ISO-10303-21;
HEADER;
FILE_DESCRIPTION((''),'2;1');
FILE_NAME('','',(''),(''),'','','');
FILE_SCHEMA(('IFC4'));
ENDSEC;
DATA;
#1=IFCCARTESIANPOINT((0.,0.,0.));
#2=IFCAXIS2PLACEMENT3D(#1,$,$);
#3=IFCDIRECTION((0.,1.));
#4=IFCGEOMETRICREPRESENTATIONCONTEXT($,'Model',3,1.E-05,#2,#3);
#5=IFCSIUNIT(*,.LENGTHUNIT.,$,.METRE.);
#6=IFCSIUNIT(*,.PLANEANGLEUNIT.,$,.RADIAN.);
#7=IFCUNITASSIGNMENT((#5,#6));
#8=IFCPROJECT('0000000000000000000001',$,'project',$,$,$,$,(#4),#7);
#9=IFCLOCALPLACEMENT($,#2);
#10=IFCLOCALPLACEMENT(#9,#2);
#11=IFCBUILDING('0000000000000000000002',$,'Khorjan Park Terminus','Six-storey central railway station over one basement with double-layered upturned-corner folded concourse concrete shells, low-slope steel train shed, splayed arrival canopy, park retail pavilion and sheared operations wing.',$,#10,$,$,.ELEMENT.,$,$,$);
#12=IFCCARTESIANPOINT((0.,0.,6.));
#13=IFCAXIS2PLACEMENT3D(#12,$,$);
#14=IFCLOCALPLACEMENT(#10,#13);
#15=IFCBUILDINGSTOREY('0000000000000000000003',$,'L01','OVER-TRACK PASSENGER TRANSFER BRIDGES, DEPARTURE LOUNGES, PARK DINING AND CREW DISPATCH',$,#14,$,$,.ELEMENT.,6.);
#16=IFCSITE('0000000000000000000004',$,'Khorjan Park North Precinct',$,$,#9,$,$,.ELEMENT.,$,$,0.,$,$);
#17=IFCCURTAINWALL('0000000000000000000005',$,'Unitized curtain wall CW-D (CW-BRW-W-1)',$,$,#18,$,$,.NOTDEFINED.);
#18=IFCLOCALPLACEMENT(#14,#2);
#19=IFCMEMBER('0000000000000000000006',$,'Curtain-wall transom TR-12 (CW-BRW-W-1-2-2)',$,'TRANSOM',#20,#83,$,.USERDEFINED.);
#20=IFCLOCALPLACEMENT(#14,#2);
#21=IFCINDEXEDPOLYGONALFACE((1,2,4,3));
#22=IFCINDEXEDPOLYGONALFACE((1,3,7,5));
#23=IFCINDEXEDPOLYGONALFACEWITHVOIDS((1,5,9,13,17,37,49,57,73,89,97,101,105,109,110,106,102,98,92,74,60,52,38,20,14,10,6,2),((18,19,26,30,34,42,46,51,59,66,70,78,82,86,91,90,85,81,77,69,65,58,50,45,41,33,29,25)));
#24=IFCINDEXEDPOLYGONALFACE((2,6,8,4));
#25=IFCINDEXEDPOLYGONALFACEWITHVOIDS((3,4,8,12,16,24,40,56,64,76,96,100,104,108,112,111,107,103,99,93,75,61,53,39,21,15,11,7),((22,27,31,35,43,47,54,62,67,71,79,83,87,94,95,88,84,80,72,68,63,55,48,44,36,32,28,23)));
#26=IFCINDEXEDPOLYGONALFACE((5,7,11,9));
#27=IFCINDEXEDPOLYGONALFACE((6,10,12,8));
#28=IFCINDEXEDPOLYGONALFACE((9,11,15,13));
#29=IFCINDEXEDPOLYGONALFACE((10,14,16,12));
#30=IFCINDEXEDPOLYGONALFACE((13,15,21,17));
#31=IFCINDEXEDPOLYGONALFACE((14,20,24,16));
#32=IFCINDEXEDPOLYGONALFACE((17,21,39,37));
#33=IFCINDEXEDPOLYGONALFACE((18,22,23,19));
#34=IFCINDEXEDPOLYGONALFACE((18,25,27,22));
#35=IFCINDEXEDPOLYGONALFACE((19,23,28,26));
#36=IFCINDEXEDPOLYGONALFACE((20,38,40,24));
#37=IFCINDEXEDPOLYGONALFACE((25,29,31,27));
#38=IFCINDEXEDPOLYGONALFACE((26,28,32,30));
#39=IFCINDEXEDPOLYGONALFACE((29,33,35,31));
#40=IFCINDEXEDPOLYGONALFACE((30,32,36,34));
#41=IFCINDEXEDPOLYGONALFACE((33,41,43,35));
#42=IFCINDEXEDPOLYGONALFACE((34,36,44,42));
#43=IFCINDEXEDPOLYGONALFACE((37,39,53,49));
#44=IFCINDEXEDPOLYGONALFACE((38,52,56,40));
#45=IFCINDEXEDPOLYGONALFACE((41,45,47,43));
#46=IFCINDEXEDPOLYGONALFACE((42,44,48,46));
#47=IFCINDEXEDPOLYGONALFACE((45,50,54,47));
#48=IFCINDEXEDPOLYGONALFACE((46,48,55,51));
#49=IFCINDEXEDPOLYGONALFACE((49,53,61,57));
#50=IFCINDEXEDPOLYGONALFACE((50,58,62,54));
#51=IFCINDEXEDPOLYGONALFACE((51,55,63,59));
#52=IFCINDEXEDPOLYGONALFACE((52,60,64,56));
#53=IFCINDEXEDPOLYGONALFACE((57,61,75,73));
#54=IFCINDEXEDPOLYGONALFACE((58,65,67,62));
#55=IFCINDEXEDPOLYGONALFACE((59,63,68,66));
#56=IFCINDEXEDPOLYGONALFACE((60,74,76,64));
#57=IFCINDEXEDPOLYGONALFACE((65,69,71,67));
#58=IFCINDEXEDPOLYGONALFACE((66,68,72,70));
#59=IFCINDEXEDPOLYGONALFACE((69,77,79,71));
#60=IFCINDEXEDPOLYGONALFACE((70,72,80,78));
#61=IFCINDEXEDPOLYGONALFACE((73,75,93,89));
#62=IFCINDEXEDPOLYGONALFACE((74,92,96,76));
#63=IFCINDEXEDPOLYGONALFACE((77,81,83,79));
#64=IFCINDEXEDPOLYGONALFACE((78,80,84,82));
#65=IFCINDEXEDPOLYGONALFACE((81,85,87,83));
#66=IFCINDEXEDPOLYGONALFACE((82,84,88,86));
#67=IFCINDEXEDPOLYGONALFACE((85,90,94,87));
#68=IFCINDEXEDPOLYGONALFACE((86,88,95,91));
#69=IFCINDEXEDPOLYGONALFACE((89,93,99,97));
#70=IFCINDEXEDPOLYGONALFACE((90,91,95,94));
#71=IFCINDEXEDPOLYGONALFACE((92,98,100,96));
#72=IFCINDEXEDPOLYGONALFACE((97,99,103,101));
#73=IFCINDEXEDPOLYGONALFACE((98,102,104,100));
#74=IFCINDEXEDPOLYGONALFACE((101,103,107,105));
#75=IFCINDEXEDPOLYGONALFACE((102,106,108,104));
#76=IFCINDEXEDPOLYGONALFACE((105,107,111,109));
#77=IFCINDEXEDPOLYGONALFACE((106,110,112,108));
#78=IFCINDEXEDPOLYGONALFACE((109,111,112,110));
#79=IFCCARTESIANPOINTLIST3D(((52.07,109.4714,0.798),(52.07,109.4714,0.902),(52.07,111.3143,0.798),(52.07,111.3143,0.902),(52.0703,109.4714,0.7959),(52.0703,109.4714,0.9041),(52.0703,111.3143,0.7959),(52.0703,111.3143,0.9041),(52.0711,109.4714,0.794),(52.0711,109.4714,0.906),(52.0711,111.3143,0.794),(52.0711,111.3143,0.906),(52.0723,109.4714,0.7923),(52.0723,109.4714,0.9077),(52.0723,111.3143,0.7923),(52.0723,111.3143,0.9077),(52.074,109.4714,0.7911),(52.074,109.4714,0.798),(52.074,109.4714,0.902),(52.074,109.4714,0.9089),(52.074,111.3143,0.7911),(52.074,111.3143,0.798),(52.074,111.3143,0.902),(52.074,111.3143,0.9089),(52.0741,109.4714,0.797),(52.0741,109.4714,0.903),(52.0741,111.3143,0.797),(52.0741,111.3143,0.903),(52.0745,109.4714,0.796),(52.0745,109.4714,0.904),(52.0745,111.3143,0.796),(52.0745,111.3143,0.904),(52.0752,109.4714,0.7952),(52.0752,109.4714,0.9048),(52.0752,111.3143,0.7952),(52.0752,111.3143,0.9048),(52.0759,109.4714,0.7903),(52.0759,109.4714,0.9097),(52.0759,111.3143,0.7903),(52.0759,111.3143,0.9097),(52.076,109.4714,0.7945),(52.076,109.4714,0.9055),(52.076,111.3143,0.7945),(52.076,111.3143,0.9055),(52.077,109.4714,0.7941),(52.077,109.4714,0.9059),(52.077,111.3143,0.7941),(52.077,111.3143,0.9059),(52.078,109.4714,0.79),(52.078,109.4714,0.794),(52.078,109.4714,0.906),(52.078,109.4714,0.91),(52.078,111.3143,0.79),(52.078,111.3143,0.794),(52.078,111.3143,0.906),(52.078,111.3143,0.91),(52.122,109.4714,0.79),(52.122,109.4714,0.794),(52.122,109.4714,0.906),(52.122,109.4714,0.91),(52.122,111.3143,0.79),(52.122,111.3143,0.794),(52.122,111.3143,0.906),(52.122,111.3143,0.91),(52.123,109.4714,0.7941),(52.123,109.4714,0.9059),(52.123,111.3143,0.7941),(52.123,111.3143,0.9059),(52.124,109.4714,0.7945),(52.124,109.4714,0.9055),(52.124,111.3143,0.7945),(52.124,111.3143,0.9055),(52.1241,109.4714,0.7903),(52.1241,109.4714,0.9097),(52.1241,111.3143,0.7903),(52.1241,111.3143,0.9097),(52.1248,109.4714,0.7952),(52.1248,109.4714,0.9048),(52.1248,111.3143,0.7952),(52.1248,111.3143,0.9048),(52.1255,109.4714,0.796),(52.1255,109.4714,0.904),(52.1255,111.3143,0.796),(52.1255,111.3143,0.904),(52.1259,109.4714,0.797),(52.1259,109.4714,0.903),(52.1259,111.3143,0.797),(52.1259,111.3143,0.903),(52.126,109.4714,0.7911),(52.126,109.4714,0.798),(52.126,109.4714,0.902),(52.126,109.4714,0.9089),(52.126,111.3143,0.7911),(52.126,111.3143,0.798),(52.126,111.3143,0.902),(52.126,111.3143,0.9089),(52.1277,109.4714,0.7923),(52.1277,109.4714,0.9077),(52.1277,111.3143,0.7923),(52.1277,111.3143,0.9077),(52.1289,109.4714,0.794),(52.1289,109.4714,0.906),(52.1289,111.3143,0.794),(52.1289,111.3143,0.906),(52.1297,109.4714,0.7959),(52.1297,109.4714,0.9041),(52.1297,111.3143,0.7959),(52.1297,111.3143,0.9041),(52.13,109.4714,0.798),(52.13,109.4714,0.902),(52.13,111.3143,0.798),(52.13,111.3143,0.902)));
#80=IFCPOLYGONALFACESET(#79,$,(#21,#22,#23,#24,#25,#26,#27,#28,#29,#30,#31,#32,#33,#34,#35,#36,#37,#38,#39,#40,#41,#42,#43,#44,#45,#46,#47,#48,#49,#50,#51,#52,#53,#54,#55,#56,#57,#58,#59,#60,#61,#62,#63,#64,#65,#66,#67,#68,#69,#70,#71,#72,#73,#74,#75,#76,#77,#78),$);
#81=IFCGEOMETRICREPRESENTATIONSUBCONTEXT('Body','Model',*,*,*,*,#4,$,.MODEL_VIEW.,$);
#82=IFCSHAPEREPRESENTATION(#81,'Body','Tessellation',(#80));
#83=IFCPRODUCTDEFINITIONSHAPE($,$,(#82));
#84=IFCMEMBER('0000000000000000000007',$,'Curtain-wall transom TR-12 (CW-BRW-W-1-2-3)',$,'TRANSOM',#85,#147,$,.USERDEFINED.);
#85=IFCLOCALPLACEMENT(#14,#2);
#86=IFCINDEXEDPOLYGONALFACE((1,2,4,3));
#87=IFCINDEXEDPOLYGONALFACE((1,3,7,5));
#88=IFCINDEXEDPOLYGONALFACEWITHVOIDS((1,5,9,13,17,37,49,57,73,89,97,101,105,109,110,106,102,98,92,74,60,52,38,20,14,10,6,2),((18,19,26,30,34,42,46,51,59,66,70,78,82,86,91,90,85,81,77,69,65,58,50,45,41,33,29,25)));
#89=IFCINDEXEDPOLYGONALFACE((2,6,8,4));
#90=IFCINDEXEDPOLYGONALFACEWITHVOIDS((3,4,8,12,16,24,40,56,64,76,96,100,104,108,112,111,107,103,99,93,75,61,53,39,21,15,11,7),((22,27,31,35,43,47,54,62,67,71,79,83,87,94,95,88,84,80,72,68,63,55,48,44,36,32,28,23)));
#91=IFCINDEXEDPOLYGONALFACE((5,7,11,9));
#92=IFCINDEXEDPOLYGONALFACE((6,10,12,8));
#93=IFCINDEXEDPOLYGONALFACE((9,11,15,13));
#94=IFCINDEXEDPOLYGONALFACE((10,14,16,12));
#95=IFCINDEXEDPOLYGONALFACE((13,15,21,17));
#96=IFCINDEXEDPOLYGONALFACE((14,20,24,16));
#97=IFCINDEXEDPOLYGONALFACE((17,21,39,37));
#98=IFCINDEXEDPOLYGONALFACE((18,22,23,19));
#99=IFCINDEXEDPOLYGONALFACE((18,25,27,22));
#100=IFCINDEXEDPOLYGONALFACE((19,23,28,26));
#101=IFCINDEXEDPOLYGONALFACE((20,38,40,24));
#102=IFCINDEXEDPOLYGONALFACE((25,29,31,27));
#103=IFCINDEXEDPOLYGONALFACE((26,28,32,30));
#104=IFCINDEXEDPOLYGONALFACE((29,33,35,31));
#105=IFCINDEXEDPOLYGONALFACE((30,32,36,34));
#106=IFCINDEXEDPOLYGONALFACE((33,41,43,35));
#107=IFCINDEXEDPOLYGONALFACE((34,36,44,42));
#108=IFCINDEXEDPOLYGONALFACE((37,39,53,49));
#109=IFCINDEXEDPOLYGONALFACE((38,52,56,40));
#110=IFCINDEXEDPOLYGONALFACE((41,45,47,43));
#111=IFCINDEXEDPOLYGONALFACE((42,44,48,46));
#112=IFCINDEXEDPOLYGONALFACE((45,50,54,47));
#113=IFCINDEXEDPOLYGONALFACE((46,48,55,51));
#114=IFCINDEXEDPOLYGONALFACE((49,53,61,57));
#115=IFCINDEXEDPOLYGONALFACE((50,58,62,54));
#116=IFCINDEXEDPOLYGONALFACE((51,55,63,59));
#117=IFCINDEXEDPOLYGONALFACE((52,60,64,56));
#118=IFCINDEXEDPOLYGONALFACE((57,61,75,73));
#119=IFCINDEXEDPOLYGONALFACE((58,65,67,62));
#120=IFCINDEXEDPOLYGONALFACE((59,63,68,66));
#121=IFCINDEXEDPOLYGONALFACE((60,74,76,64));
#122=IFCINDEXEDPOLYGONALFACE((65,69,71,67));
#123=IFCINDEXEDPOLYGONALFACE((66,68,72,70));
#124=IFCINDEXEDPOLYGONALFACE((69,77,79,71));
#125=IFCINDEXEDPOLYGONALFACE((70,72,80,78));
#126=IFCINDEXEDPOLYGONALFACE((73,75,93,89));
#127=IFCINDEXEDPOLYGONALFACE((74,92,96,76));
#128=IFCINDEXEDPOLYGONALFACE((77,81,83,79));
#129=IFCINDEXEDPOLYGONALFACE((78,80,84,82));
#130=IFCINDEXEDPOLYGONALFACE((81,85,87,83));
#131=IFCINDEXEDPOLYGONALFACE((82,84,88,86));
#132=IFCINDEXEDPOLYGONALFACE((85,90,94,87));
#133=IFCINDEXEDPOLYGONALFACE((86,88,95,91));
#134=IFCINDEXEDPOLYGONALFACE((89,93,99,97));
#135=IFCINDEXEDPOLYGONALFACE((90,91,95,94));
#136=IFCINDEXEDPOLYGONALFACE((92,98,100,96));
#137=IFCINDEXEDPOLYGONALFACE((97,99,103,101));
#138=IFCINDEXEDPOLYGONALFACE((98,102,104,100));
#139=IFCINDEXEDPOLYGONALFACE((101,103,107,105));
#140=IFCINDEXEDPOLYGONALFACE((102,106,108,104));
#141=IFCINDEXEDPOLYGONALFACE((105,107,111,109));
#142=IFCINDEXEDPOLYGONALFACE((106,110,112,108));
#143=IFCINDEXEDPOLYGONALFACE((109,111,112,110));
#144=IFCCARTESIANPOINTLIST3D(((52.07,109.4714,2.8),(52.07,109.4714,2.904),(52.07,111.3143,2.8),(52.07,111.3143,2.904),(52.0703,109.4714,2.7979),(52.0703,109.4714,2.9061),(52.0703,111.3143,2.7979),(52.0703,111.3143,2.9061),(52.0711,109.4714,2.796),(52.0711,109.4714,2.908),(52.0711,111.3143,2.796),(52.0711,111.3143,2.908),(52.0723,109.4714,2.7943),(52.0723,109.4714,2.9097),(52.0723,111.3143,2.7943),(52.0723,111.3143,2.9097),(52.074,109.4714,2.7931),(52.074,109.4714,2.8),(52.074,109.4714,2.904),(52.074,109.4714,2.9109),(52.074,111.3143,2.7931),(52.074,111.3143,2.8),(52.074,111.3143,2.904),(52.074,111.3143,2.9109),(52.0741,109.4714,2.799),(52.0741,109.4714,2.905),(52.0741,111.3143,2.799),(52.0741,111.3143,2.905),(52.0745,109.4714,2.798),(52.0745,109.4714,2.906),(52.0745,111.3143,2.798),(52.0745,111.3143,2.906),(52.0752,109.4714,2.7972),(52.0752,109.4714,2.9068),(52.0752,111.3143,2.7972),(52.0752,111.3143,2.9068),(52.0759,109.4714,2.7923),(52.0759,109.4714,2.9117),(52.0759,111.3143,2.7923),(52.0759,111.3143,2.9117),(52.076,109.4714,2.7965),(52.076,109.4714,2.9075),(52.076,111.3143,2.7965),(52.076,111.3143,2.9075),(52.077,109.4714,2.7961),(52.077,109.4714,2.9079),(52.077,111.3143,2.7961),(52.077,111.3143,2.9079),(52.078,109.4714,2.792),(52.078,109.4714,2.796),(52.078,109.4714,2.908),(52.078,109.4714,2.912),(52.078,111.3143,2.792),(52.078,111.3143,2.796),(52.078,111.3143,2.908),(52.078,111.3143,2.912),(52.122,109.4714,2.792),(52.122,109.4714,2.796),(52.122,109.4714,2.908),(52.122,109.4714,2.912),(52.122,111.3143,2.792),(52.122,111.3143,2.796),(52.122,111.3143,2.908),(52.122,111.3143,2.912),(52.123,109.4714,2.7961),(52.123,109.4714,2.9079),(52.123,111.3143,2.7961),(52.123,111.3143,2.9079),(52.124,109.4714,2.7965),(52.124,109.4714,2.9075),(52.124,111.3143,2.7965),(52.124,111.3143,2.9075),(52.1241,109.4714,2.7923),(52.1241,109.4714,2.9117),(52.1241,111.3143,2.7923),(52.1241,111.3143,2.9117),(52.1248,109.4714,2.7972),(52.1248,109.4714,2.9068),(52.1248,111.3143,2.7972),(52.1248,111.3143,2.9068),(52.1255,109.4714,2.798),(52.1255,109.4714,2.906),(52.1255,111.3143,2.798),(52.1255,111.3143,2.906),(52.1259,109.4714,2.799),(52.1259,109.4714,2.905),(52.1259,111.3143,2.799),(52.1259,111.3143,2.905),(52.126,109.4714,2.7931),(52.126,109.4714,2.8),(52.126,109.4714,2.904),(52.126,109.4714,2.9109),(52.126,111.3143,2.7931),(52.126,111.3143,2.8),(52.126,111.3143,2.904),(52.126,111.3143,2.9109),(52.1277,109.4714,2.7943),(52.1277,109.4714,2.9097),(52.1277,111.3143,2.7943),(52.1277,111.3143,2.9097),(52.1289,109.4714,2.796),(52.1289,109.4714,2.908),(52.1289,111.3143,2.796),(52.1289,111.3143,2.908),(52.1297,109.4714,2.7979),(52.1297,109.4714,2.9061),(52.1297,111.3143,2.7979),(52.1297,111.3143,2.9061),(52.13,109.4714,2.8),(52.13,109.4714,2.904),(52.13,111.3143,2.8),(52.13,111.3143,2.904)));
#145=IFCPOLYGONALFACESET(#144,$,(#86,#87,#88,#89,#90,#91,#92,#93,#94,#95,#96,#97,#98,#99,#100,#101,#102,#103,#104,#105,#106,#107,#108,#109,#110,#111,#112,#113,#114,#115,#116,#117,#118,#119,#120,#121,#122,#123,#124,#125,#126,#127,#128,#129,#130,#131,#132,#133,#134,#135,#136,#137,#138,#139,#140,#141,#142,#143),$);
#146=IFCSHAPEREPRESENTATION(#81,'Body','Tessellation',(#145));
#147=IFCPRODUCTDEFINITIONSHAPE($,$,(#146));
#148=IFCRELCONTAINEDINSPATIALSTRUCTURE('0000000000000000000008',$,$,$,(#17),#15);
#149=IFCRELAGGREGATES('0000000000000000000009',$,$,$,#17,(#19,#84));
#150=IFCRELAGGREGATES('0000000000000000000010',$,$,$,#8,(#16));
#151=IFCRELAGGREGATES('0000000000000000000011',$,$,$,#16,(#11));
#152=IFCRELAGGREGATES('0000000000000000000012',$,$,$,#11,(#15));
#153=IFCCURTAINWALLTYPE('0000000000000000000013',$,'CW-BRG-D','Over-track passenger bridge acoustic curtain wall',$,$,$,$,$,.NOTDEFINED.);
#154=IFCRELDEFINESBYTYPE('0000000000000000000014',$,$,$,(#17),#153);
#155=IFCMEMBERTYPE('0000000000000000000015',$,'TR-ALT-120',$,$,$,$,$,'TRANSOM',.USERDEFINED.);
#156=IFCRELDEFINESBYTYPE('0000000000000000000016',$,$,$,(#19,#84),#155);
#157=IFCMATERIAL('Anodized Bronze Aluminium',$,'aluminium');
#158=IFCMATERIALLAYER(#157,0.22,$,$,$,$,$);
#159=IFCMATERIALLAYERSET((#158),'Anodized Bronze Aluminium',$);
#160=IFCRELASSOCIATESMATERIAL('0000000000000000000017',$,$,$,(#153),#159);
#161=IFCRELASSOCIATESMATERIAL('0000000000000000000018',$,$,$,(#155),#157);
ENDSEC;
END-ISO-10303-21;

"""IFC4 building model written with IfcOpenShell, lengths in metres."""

from ifc_helpers import new_model, si_unit, direction, frame, origin, origin_2d, place, context, subcontext, project, spatial, hollow_rectangle, extrude, material, layer, layer_set, material_profile, profile_set, type_object, element, aggregate, save


model = new_model("IFC4")

# Units and contexts
model_context = context("Model", 3, precision=1e-05, world=origin(), true_north=direction((0.0, 1.0)))
body_context = subcontext(model_context, "Body", "Model", "MODEL_VIEW")
ifc_project = project(units=[si_unit("LENGTHUNIT", "METRE"), si_unit("PLANEANGLEUNIT", "RADIAN")], contexts=[model_context])

# Site, building, storey
site_placement = place(None, origin())
site = spatial("IfcSite", under=ifc_project, at=site_placement, Name="Khorjan Park North Precinct", CompositionType="ELEMENT", RefElevation=0.0)
building_placement = place(site_placement, origin())
building = spatial("IfcBuilding", under=site, at=building_placement, Name="Khorjan Park Terminus", Description="Six-storey central railway station over one basement with double-layered upturned-corner folded concourse concrete shells, low-slope steel train shed, splayed arrival canopy, park retail pavilion and sheared operations wing.", CompositionType="ELEMENT")
storey_placement = place(building_placement, frame((0.0, 0.0, 6.0)))
storey = spatial("IfcBuildingStorey", under=building, at=storey_placement, Name="L01", Description="OVER-TRACK PASSENGER TRANSFER BRIDGES, DEPARTURE LOUNGES, PARK DINING AND CREW DISPATCH", CompositionType="ELEMENT", Elevation=6.0)

# Curtain wall, members
ifc_material_1 = material(Name="Anodized Bronze Aluminium", Category="aluminium")
ifc_layer_1 = layer(ifc_material_1, 0.22)
ifc_layer_set_1 = layer_set([ifc_layer_1], Name="Anodized Bronze Aluminium")
curtain_wall_type = type_object("IfcCurtainWallType", Name="CW-BRG-D", Description="Over-track passenger bridge acoustic curtain wall", PredefinedType="NOTDEFINED", material=ifc_layer_set_1)
curtain_wall_1_placement = place(storey_placement, origin())
curtain_wall_1 = element("IfcCurtainWall", 1, at=curtain_wall_1_placement, inside=storey, type_object=curtain_wall_type, Name="Unitized curtain wall CW-D (CW-BRW-W-1)", PredefinedType="NOTDEFINED")
ifc_material_profile_1 = material_profile(ifc_material_1, hollow_rectangle(XDim=0.06, YDim=0.12, WallThickness=0.004, InnerFilletRadius=0.004, OuterFilletRadius=0.008, at=origin_2d()), Name="ALT 60x120x4")
ifc_profile_set_1 = profile_set([ifc_material_profile_1], Name="Anodized Bronze Aluminium")
member_type_1 = type_object("IfcMemberType", Name="TR-ALT-120", ElementType="TRANSOM", PredefinedType="USERDEFINED", material=ifc_profile_set_1)
member_1_placement = place(storey_placement, frame((52.1, 111.3143, 0.85), z_axis=(0.0, -1.0, 0.0), x_axis=(1.0, 0.0, 0.0)))
member_1 = element("IfcMember", 2, at=member_1_placement, type_object=member_type_1, Name="Curtain-wall transom TR-12 (CW-BRW-W-1-2-2)", ObjectType="TRANSOM", PredefinedType="USERDEFINED", context=body_context, shape_type="SweptSolid", body=[
    extrude(hollow_rectangle(XDim=0.06, YDim=0.12, WallThickness=0.004, InnerFilletRadius=0.004, OuterFilletRadius=0.008, at=origin_2d()), origin(), (0.0, 0.0, 1.0), 1.8429),
])
member_2_placement = place(storey_placement, frame((52.1, 111.3143, 2.852), z_axis=(0.0, -1.0, 0.0), x_axis=(1.0, 0.0, 0.0)))
member_2 = element("IfcMember", 3, at=member_2_placement, type_object=member_type_1, Name="Curtain-wall transom TR-12 (CW-BRW-W-1-2-3)", ObjectType="TRANSOM", PredefinedType="USERDEFINED", context=body_context, shape_type="SweptSolid", body=[
    extrude(hollow_rectangle(XDim=0.06, YDim=0.12, WallThickness=0.004, InnerFilletRadius=0.004, OuterFilletRadius=0.008, at=origin_2d()), origin(), (0.0, 0.0, 1.0), 1.8429),
])

aggregate(curtain_wall_1, [member_1, member_2])

save(model, "model.ifc")
